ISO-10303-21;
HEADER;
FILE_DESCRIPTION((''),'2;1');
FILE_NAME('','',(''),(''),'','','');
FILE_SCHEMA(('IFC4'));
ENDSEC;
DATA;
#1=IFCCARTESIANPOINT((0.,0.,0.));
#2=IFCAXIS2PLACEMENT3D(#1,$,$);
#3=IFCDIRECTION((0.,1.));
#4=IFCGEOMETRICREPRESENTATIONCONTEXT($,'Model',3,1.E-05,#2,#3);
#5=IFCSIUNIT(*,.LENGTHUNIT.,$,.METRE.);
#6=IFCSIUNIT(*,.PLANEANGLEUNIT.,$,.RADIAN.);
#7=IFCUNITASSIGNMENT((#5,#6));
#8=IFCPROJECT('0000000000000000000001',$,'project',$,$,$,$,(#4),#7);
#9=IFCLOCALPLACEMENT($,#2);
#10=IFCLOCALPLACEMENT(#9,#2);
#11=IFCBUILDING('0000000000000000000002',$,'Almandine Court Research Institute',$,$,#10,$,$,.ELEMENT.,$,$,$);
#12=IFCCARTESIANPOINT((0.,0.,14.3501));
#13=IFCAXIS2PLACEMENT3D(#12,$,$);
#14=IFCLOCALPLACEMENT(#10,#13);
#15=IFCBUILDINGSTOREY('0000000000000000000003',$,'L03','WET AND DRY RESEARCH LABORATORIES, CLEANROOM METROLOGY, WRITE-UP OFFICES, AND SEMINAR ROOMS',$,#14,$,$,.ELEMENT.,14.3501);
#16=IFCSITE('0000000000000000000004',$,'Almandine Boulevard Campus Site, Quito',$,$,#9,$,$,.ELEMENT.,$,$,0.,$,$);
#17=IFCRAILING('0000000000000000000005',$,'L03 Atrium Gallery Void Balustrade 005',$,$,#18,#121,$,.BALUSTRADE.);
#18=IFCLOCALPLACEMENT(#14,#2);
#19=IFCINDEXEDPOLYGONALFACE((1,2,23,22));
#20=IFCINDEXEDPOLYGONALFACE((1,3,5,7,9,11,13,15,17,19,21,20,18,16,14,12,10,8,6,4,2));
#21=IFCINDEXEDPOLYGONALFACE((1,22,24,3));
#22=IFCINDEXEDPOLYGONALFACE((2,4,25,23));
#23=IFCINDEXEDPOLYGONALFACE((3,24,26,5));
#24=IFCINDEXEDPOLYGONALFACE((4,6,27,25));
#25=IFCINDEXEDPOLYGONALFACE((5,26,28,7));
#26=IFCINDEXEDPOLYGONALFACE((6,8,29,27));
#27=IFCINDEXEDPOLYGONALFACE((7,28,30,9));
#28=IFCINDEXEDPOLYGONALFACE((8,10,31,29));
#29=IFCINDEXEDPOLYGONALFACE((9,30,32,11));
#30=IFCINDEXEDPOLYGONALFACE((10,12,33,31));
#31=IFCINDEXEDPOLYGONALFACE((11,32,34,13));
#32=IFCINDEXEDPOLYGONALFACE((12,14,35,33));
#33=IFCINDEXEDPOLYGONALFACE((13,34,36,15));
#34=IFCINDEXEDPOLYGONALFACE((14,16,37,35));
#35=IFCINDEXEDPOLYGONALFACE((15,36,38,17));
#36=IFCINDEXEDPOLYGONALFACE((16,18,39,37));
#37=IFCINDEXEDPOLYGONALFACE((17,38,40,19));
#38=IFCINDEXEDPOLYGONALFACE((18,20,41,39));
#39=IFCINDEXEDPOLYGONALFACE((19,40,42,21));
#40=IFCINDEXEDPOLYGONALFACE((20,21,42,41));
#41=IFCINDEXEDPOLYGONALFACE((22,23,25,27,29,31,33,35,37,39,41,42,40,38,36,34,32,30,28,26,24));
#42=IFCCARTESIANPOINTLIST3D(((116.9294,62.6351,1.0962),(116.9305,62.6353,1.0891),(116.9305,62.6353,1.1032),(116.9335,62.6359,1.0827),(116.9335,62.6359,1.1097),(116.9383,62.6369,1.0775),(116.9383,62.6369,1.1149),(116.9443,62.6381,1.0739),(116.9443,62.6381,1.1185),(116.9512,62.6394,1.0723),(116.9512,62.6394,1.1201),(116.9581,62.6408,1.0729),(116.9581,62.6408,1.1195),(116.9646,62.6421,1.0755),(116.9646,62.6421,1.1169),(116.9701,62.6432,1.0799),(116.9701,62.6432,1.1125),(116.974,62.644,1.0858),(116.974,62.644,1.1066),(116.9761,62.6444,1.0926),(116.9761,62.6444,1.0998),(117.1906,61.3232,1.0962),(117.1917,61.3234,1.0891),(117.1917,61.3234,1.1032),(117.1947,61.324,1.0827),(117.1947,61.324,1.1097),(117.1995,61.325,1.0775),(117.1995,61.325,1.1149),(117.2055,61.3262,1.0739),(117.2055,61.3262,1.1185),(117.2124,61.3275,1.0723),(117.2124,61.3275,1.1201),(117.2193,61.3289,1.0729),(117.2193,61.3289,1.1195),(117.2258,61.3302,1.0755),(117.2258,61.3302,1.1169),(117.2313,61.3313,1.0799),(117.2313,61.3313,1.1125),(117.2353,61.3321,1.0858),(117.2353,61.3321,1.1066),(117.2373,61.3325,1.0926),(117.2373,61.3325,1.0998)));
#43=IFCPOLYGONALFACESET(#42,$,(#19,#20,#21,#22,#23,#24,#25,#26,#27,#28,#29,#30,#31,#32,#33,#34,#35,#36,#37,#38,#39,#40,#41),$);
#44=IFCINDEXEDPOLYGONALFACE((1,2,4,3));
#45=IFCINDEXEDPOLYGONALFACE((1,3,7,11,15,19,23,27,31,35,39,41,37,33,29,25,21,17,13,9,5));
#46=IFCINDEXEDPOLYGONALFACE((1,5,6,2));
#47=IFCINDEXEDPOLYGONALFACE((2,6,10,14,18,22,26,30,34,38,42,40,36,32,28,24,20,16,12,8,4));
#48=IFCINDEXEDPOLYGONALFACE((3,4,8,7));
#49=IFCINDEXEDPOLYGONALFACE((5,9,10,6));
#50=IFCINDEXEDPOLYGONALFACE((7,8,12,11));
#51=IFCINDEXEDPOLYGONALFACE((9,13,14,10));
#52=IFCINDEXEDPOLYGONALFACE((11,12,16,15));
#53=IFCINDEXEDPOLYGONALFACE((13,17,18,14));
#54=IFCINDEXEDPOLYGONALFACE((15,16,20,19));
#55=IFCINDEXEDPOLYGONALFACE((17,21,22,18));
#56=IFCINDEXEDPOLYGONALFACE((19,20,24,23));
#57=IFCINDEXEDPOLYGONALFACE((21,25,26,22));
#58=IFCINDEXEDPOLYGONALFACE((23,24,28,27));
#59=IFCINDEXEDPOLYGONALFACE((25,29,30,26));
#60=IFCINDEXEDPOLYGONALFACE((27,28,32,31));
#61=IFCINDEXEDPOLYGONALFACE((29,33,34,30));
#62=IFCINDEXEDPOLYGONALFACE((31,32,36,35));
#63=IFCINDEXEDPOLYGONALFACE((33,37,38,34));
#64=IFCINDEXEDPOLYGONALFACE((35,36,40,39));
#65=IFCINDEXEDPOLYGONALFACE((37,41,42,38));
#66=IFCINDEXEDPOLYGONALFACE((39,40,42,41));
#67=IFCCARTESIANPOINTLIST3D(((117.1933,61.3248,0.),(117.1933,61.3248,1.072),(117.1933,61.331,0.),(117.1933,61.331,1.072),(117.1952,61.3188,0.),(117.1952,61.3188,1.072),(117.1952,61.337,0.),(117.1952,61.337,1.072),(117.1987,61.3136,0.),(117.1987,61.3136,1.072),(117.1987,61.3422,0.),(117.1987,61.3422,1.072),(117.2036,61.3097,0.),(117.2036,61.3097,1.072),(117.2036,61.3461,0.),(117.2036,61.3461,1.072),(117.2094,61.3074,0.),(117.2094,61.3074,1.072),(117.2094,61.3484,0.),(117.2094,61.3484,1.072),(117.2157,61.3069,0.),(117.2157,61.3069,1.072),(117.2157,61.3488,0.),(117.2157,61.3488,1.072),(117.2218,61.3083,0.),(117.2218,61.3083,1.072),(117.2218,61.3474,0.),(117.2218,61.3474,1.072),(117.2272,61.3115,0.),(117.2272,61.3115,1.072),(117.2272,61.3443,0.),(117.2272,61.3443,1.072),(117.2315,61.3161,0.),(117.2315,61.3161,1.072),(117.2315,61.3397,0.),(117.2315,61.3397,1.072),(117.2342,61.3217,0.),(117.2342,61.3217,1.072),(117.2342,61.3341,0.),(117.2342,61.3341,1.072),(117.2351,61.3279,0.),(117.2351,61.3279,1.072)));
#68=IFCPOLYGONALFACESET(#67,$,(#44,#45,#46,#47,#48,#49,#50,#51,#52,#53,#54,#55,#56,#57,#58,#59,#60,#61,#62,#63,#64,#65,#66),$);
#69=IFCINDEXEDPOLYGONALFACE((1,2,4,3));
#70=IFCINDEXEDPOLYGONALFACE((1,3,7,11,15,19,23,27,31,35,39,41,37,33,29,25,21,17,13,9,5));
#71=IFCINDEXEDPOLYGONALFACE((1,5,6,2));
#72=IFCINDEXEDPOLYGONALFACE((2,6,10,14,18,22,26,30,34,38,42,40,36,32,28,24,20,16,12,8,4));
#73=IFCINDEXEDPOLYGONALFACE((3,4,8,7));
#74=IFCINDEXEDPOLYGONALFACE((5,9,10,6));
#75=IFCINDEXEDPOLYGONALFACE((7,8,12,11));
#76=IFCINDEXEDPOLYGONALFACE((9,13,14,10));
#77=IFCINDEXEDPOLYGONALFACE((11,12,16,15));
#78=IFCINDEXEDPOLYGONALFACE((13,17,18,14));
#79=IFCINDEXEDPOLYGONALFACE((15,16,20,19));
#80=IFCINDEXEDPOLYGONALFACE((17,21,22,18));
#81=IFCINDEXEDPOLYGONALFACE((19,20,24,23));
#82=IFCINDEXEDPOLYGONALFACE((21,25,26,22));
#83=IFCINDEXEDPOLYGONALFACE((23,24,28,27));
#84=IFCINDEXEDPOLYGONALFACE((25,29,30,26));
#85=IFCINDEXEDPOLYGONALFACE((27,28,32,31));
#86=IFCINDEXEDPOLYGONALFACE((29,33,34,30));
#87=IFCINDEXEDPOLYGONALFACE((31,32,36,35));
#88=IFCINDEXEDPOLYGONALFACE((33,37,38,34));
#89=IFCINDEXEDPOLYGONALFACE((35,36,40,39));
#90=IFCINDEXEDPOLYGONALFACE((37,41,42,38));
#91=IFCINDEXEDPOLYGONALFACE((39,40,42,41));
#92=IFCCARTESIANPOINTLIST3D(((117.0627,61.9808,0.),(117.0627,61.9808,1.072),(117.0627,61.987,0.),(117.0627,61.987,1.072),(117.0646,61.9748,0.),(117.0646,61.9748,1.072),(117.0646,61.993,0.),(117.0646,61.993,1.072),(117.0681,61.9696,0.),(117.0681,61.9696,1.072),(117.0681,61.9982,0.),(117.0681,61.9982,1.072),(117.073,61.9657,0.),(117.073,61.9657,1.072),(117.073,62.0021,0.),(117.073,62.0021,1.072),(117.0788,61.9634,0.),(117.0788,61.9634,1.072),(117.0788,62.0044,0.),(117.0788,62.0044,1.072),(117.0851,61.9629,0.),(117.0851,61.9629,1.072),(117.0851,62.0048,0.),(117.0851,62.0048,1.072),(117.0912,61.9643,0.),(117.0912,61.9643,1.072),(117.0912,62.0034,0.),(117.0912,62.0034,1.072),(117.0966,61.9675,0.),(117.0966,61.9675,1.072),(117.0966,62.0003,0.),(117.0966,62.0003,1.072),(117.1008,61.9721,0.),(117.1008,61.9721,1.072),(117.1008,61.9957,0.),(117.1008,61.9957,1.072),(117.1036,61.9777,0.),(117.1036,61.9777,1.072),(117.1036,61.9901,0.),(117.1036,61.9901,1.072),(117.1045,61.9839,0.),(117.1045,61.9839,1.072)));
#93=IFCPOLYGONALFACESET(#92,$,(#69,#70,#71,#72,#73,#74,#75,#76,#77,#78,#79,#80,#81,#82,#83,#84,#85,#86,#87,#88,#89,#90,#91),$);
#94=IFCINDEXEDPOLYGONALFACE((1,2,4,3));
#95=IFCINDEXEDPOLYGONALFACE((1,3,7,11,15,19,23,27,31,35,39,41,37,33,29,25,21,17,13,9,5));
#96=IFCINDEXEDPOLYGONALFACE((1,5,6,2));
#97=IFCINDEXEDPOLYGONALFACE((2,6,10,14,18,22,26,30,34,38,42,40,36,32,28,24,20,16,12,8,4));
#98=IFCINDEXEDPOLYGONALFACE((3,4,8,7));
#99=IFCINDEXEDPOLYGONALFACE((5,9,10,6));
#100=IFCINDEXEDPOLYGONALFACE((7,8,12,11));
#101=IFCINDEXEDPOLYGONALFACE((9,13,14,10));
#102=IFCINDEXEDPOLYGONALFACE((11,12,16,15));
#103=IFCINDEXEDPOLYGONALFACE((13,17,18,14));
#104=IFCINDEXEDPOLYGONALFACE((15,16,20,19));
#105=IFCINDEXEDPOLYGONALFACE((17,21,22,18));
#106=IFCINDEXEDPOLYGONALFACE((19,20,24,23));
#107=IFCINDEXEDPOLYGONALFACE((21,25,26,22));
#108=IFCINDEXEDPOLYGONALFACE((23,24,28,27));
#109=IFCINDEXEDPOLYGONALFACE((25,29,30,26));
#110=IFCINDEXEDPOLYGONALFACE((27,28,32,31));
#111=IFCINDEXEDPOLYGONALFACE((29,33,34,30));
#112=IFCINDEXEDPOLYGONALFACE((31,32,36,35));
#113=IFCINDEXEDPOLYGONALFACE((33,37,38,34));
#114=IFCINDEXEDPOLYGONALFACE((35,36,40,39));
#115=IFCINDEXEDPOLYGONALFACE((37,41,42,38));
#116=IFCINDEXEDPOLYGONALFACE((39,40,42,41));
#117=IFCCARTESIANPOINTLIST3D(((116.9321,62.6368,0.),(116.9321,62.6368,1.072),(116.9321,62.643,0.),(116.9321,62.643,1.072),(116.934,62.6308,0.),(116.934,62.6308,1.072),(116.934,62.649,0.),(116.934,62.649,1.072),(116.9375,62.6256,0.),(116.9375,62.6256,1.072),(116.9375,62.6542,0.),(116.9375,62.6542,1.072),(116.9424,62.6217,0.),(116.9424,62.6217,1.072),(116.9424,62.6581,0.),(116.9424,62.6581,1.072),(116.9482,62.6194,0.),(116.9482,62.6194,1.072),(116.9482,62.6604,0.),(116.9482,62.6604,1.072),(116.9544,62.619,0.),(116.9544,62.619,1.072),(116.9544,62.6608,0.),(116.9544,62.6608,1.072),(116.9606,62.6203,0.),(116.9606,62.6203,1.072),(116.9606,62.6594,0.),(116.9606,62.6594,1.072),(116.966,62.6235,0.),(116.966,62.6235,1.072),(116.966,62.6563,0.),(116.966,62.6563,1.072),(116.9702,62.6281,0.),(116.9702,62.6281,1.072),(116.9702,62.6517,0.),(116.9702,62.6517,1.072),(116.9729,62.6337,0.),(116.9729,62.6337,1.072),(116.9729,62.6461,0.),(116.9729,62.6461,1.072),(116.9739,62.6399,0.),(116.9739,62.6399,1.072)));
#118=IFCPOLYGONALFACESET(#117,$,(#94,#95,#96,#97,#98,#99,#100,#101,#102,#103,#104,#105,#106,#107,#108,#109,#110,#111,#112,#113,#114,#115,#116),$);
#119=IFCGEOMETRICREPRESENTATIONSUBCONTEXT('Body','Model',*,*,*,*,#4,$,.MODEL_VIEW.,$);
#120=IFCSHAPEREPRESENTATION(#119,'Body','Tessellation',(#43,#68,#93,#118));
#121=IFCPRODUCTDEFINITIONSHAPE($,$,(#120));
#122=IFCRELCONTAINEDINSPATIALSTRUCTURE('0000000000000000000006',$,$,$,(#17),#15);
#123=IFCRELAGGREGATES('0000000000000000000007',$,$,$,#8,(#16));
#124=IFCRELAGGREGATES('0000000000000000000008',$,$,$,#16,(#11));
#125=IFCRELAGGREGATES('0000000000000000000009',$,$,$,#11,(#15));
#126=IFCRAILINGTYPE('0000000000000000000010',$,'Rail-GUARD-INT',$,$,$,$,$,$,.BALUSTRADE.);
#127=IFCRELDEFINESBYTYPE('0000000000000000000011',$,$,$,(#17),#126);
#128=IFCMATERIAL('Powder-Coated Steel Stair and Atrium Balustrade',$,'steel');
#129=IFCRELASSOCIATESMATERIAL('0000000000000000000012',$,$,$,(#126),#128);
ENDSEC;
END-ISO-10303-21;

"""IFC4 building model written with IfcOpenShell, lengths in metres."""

from ifc_helpers import new_model, si_unit, direction, frame, origin, origin_2d, place, context, subcontext, project, spatial, circle, extrude, material, type_object, element, save


model = new_model("IFC4")

# Units and contexts
model_context = context("Model", 3, precision=1e-05, world=origin(), true_north=direction((0.0, 1.0)))
body_context = subcontext(model_context, "Body", "Model", "MODEL_VIEW")
ifc_project = project(units=[si_unit("LENGTHUNIT", "METRE"), si_unit("PLANEANGLEUNIT", "RADIAN")], contexts=[model_context])

# Site, building, storey
site_placement = place(None, origin())
site = spatial("IfcSite", under=ifc_project, at=site_placement, Name="Almandine Boulevard Campus Site, Quito", CompositionType="ELEMENT", RefElevation=0.0)
building_placement = place(site_placement, origin())
building = spatial("IfcBuilding", under=site, at=building_placement, Name="Almandine Court Research Institute", CompositionType="ELEMENT")
storey_placement = place(building_placement, frame((0.0, 0.0, 14.3501)))
storey = spatial("IfcBuildingStorey", under=building, at=storey_placement, Name="L03", Description="WET AND DRY RESEARCH LABORATORIES, CLEANROOM METROLOGY, WRITE-UP OFFICES, AND SEMINAR ROOMS", CompositionType="ELEMENT", Elevation=14.3501)

# Railing
ifc_material_1 = material(Name="Powder-Coated Steel Stair and Atrium Balustrade", Category="steel")
railing_type_1 = type_object("IfcRailingType", Name="Rail-GUARD-INT", PredefinedType="BALUSTRADE", material=ifc_material_1)
railing_1_placement = place(storey_placement, frame((117.2141, 61.3279, 0.0)))
element("IfcRailing", 1, at=railing_1_placement, inside=storey, type_object=railing_type_1, Name="L03 Atrium Gallery Void Balustrade 005", PredefinedType="BALUSTRADE", context=body_context, shape_type="SweptSolid", body=[
    extrude(circle(Radius=0.0239, at=origin_2d()), frame((0.0, 0.0, 1.0962), z_axis=(-0.195274, 0.980749, 0.0), x_axis=(-0.980749, -0.195274, 0.0)), (0.0, 0.0, 1.0), 1.3376),
    extrude(circle(Radius=0.021, at=origin_2d()), origin(), (0.0, 0.0, 1.0), 1.072),
    extrude(circle(Radius=0.021, at=origin_2d()), frame((-0.1306, 0.656, 0.0)), (0.0, 0.0, 1.0), 1.072),
    extrude(circle(Radius=0.021, at=origin_2d()), frame((-0.2612, 1.312, 0.0)), (0.0, 0.0, 1.0), 1.072),
])

save(model, "model.ifc")
